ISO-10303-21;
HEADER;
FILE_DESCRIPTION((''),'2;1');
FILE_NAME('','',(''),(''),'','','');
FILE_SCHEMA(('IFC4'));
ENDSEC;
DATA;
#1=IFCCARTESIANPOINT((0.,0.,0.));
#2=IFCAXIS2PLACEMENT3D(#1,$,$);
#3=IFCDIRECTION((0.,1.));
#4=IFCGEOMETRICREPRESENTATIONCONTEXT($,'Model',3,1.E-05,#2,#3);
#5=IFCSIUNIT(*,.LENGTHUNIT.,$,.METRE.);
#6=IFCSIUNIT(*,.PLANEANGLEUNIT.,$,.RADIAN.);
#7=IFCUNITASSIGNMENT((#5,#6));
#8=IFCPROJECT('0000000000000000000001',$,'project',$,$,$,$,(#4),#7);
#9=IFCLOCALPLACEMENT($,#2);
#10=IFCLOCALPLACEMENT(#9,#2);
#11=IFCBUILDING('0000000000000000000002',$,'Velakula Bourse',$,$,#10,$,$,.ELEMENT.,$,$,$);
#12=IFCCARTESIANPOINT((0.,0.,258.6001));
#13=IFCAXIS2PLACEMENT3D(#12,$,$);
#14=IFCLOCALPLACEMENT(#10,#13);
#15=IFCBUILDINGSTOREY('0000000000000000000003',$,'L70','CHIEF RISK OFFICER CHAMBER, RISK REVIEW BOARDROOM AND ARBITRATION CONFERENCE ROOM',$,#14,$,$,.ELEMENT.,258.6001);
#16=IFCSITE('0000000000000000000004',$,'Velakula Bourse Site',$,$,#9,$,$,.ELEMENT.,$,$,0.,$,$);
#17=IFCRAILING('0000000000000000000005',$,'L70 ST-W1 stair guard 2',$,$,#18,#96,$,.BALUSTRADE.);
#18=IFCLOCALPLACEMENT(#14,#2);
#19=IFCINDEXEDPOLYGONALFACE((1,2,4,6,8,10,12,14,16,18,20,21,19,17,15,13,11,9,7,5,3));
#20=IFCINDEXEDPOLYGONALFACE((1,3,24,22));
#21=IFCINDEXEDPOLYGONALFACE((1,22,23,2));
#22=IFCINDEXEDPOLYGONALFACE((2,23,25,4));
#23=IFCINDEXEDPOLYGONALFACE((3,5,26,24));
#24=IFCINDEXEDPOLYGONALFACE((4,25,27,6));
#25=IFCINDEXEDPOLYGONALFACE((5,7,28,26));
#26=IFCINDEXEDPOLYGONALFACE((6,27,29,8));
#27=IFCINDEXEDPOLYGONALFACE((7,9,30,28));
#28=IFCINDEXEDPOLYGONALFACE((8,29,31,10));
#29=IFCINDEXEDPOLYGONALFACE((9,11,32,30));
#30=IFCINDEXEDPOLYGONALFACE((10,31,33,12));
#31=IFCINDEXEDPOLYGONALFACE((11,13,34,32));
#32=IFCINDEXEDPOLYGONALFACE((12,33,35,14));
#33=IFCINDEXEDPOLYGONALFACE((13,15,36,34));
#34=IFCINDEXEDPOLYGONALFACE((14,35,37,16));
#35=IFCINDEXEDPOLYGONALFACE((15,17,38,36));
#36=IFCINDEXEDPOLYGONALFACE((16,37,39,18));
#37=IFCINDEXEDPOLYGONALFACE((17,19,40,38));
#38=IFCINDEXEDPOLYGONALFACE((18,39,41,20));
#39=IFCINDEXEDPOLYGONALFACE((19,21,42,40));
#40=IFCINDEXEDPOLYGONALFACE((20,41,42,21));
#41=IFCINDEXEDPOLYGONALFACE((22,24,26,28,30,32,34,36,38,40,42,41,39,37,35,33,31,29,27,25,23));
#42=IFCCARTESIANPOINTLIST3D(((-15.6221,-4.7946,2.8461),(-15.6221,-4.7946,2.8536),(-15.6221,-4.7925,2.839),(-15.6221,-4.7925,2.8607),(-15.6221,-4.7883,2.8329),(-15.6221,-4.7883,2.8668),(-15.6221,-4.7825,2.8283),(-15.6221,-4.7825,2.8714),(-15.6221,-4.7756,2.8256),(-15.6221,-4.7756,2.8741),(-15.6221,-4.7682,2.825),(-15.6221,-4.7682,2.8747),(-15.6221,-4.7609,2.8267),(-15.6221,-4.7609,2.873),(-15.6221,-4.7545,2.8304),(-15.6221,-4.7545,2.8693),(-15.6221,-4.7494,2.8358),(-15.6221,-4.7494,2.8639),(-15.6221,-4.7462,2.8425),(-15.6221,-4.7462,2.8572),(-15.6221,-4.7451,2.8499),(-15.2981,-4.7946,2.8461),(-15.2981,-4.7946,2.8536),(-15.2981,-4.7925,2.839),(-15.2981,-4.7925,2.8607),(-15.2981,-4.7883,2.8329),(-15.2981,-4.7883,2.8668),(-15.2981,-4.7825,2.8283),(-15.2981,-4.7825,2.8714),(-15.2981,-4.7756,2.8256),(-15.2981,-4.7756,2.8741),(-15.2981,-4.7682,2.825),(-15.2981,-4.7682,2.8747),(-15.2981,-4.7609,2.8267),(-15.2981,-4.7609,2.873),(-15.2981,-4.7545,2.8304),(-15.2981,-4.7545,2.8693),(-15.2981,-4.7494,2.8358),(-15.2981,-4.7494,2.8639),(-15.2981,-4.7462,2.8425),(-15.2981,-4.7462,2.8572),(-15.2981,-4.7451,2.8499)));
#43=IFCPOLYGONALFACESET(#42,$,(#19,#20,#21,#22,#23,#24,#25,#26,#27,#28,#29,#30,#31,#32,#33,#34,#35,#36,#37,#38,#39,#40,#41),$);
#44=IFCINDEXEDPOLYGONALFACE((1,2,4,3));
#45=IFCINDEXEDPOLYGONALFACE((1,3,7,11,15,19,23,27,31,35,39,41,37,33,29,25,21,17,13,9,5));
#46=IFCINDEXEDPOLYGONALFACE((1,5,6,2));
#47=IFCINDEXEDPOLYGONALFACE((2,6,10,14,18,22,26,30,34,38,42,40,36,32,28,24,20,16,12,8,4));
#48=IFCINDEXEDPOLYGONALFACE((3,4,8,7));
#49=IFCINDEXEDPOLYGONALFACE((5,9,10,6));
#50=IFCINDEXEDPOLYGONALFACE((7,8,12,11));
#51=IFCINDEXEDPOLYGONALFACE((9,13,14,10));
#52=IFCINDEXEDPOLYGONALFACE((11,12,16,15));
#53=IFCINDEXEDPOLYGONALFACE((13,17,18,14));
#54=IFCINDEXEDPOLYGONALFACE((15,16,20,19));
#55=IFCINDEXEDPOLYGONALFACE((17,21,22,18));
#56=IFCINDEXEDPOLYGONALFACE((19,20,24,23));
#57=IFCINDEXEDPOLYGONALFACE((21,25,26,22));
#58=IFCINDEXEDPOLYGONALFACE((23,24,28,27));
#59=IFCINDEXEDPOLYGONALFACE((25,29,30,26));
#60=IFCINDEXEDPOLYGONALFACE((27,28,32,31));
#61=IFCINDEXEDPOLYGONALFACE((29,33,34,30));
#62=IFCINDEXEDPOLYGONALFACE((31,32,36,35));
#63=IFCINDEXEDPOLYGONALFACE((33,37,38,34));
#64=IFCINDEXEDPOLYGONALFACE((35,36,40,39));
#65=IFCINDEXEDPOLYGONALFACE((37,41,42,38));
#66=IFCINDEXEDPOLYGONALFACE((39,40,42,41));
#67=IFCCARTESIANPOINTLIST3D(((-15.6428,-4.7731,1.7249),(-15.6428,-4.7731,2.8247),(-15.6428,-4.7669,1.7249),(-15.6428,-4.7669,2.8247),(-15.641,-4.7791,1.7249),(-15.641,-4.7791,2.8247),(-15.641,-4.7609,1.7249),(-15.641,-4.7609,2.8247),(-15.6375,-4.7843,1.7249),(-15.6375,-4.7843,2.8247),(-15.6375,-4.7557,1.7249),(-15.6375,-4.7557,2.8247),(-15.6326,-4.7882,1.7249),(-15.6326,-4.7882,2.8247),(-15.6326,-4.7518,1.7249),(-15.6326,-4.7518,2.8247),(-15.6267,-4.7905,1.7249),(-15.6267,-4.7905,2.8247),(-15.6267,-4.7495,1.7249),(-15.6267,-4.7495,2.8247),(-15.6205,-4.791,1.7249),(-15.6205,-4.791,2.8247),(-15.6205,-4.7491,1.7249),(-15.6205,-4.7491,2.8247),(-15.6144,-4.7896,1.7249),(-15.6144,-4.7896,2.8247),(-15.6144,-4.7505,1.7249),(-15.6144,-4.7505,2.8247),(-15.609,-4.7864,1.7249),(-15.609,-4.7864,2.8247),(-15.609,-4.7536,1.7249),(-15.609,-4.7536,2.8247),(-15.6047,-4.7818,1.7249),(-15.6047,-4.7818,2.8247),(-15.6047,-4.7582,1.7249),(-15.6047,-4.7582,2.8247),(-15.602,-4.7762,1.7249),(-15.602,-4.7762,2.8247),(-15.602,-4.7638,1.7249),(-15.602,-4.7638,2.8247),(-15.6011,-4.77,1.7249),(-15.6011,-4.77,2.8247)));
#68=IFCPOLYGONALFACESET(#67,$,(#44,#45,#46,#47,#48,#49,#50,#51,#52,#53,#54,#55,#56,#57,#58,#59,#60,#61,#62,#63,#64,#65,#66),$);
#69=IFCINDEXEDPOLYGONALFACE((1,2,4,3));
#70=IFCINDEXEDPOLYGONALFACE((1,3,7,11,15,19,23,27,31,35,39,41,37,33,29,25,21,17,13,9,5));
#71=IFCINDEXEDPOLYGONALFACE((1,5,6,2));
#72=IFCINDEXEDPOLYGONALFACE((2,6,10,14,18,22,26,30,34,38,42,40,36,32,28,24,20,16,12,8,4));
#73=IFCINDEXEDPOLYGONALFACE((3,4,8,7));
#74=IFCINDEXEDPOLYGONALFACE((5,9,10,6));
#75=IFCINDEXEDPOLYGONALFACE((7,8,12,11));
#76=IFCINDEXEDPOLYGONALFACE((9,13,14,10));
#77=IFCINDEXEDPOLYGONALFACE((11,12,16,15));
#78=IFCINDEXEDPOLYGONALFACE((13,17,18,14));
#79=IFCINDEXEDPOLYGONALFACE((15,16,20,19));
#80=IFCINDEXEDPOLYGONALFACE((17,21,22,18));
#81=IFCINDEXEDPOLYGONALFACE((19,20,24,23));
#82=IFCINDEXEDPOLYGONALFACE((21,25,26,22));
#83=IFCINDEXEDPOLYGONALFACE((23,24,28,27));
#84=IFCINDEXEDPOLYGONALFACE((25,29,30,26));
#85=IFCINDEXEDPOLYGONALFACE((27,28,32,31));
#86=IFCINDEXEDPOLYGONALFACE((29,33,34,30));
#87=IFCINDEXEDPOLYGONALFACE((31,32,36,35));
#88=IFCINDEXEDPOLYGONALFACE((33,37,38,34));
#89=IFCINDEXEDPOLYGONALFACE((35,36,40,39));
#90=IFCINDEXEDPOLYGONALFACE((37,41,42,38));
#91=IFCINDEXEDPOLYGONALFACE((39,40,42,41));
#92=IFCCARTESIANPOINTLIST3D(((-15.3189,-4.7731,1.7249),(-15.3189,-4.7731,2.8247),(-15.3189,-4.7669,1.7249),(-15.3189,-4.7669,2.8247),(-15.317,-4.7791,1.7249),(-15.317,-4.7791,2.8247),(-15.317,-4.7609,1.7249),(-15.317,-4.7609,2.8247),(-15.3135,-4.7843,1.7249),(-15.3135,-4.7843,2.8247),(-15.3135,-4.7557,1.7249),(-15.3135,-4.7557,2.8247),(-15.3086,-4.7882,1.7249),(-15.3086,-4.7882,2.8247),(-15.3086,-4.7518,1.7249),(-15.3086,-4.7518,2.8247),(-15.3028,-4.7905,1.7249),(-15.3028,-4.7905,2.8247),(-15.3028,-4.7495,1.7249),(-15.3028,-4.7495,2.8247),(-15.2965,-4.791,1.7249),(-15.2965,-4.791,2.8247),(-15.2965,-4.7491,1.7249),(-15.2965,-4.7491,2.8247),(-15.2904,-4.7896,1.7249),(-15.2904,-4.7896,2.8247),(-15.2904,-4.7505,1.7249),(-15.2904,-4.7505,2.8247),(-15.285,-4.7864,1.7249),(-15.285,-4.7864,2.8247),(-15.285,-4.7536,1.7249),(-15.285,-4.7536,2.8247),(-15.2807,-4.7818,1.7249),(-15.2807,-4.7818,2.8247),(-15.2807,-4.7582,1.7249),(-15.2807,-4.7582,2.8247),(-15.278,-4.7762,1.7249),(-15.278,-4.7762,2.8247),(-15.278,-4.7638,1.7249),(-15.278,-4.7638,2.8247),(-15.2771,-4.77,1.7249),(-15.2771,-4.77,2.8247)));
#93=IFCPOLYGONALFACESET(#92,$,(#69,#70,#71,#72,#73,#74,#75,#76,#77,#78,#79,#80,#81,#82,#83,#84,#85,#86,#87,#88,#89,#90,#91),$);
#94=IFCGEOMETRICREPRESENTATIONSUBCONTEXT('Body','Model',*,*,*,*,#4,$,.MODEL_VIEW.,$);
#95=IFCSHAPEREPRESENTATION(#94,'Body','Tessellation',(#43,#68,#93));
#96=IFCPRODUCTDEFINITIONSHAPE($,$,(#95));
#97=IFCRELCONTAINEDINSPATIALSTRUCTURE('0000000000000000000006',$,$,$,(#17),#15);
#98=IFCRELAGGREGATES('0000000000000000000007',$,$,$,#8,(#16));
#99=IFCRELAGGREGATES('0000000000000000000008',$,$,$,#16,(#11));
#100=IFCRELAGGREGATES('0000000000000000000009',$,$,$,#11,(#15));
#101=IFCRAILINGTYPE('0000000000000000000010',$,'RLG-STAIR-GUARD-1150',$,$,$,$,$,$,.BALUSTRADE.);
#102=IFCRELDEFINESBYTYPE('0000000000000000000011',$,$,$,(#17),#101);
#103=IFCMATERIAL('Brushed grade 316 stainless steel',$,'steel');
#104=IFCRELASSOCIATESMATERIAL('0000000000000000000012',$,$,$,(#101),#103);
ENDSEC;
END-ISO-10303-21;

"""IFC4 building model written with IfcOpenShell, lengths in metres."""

from ifc_helpers import new_model, si_unit, direction, frame, origin, origin_2d, place, context, subcontext, project, spatial, circle, extrude, material, type_object, element, save


model = new_model("IFC4")

# Units and contexts
model_context = context("Model", 3, precision=1e-05, world=origin(), true_north=direction((0.0, 1.0)))
body_context = subcontext(model_context, "Body", "Model", "MODEL_VIEW")
ifc_project = project(units=[si_unit("LENGTHUNIT", "METRE"), si_unit("PLANEANGLEUNIT", "RADIAN")], contexts=[model_context])

# Site, building, storey
site_placement = place(None, origin())
site = spatial("IfcSite", under=ifc_project, at=site_placement, Name="Velakula Bourse Site", CompositionType="ELEMENT", RefElevation=0.0)
building_placement = place(site_placement, origin())
building = spatial("IfcBuilding", under=site, at=building_placement, Name="Velakula Bourse", CompositionType="ELEMENT")
storey_placement = place(building_placement, frame((0.0, 0.0, 258.6001)))
storey = spatial("IfcBuildingStorey", under=building, at=storey_placement, Name="L70", Description="CHIEF RISK OFFICER CHAMBER, RISK REVIEW BOARDROOM AND ARBITRATION CONFERENCE ROOM", CompositionType="ELEMENT", Elevation=258.6001)

# Shared definitions
ifc_material_1 = material(Name="Brushed grade 316 stainless steel", Category="steel")

# Railing
railing_type_1 = type_object("IfcRailingType", Name="RLG-STAIR-GUARD-1150", PredefinedType="BALUSTRADE", material=ifc_material_1)
railing_1_placement = place(storey_placement, frame((-15.6221, -4.77, 1.7249)))
element("IfcRailing", 1, at=railing_1_placement, inside=storey, type_object=railing_type_1, Name="L70 ST-W1 stair guard 2", PredefinedType="BALUSTRADE", context=body_context, shape_type="SweptSolid", body=[
    extrude(circle(Radius=0.0249, at=origin_2d()), frame((0.0, 0.0, 1.125), z_axis=(1.0, 0.0, 0.0), x_axis=(0.0, 1.0, 0.0)), (0.0, 0.0, 1.0), 0.324),
    extrude(circle(Radius=0.021, at=origin_2d()), origin(), (0.0, 0.0, 1.0), 1.0999),
    extrude(circle(Radius=0.021, at=origin_2d()), frame((0.324, 0.0, 0.0)), (0.0, 0.0, 1.0), 1.0999),
])

save(model, "model.ifc")
